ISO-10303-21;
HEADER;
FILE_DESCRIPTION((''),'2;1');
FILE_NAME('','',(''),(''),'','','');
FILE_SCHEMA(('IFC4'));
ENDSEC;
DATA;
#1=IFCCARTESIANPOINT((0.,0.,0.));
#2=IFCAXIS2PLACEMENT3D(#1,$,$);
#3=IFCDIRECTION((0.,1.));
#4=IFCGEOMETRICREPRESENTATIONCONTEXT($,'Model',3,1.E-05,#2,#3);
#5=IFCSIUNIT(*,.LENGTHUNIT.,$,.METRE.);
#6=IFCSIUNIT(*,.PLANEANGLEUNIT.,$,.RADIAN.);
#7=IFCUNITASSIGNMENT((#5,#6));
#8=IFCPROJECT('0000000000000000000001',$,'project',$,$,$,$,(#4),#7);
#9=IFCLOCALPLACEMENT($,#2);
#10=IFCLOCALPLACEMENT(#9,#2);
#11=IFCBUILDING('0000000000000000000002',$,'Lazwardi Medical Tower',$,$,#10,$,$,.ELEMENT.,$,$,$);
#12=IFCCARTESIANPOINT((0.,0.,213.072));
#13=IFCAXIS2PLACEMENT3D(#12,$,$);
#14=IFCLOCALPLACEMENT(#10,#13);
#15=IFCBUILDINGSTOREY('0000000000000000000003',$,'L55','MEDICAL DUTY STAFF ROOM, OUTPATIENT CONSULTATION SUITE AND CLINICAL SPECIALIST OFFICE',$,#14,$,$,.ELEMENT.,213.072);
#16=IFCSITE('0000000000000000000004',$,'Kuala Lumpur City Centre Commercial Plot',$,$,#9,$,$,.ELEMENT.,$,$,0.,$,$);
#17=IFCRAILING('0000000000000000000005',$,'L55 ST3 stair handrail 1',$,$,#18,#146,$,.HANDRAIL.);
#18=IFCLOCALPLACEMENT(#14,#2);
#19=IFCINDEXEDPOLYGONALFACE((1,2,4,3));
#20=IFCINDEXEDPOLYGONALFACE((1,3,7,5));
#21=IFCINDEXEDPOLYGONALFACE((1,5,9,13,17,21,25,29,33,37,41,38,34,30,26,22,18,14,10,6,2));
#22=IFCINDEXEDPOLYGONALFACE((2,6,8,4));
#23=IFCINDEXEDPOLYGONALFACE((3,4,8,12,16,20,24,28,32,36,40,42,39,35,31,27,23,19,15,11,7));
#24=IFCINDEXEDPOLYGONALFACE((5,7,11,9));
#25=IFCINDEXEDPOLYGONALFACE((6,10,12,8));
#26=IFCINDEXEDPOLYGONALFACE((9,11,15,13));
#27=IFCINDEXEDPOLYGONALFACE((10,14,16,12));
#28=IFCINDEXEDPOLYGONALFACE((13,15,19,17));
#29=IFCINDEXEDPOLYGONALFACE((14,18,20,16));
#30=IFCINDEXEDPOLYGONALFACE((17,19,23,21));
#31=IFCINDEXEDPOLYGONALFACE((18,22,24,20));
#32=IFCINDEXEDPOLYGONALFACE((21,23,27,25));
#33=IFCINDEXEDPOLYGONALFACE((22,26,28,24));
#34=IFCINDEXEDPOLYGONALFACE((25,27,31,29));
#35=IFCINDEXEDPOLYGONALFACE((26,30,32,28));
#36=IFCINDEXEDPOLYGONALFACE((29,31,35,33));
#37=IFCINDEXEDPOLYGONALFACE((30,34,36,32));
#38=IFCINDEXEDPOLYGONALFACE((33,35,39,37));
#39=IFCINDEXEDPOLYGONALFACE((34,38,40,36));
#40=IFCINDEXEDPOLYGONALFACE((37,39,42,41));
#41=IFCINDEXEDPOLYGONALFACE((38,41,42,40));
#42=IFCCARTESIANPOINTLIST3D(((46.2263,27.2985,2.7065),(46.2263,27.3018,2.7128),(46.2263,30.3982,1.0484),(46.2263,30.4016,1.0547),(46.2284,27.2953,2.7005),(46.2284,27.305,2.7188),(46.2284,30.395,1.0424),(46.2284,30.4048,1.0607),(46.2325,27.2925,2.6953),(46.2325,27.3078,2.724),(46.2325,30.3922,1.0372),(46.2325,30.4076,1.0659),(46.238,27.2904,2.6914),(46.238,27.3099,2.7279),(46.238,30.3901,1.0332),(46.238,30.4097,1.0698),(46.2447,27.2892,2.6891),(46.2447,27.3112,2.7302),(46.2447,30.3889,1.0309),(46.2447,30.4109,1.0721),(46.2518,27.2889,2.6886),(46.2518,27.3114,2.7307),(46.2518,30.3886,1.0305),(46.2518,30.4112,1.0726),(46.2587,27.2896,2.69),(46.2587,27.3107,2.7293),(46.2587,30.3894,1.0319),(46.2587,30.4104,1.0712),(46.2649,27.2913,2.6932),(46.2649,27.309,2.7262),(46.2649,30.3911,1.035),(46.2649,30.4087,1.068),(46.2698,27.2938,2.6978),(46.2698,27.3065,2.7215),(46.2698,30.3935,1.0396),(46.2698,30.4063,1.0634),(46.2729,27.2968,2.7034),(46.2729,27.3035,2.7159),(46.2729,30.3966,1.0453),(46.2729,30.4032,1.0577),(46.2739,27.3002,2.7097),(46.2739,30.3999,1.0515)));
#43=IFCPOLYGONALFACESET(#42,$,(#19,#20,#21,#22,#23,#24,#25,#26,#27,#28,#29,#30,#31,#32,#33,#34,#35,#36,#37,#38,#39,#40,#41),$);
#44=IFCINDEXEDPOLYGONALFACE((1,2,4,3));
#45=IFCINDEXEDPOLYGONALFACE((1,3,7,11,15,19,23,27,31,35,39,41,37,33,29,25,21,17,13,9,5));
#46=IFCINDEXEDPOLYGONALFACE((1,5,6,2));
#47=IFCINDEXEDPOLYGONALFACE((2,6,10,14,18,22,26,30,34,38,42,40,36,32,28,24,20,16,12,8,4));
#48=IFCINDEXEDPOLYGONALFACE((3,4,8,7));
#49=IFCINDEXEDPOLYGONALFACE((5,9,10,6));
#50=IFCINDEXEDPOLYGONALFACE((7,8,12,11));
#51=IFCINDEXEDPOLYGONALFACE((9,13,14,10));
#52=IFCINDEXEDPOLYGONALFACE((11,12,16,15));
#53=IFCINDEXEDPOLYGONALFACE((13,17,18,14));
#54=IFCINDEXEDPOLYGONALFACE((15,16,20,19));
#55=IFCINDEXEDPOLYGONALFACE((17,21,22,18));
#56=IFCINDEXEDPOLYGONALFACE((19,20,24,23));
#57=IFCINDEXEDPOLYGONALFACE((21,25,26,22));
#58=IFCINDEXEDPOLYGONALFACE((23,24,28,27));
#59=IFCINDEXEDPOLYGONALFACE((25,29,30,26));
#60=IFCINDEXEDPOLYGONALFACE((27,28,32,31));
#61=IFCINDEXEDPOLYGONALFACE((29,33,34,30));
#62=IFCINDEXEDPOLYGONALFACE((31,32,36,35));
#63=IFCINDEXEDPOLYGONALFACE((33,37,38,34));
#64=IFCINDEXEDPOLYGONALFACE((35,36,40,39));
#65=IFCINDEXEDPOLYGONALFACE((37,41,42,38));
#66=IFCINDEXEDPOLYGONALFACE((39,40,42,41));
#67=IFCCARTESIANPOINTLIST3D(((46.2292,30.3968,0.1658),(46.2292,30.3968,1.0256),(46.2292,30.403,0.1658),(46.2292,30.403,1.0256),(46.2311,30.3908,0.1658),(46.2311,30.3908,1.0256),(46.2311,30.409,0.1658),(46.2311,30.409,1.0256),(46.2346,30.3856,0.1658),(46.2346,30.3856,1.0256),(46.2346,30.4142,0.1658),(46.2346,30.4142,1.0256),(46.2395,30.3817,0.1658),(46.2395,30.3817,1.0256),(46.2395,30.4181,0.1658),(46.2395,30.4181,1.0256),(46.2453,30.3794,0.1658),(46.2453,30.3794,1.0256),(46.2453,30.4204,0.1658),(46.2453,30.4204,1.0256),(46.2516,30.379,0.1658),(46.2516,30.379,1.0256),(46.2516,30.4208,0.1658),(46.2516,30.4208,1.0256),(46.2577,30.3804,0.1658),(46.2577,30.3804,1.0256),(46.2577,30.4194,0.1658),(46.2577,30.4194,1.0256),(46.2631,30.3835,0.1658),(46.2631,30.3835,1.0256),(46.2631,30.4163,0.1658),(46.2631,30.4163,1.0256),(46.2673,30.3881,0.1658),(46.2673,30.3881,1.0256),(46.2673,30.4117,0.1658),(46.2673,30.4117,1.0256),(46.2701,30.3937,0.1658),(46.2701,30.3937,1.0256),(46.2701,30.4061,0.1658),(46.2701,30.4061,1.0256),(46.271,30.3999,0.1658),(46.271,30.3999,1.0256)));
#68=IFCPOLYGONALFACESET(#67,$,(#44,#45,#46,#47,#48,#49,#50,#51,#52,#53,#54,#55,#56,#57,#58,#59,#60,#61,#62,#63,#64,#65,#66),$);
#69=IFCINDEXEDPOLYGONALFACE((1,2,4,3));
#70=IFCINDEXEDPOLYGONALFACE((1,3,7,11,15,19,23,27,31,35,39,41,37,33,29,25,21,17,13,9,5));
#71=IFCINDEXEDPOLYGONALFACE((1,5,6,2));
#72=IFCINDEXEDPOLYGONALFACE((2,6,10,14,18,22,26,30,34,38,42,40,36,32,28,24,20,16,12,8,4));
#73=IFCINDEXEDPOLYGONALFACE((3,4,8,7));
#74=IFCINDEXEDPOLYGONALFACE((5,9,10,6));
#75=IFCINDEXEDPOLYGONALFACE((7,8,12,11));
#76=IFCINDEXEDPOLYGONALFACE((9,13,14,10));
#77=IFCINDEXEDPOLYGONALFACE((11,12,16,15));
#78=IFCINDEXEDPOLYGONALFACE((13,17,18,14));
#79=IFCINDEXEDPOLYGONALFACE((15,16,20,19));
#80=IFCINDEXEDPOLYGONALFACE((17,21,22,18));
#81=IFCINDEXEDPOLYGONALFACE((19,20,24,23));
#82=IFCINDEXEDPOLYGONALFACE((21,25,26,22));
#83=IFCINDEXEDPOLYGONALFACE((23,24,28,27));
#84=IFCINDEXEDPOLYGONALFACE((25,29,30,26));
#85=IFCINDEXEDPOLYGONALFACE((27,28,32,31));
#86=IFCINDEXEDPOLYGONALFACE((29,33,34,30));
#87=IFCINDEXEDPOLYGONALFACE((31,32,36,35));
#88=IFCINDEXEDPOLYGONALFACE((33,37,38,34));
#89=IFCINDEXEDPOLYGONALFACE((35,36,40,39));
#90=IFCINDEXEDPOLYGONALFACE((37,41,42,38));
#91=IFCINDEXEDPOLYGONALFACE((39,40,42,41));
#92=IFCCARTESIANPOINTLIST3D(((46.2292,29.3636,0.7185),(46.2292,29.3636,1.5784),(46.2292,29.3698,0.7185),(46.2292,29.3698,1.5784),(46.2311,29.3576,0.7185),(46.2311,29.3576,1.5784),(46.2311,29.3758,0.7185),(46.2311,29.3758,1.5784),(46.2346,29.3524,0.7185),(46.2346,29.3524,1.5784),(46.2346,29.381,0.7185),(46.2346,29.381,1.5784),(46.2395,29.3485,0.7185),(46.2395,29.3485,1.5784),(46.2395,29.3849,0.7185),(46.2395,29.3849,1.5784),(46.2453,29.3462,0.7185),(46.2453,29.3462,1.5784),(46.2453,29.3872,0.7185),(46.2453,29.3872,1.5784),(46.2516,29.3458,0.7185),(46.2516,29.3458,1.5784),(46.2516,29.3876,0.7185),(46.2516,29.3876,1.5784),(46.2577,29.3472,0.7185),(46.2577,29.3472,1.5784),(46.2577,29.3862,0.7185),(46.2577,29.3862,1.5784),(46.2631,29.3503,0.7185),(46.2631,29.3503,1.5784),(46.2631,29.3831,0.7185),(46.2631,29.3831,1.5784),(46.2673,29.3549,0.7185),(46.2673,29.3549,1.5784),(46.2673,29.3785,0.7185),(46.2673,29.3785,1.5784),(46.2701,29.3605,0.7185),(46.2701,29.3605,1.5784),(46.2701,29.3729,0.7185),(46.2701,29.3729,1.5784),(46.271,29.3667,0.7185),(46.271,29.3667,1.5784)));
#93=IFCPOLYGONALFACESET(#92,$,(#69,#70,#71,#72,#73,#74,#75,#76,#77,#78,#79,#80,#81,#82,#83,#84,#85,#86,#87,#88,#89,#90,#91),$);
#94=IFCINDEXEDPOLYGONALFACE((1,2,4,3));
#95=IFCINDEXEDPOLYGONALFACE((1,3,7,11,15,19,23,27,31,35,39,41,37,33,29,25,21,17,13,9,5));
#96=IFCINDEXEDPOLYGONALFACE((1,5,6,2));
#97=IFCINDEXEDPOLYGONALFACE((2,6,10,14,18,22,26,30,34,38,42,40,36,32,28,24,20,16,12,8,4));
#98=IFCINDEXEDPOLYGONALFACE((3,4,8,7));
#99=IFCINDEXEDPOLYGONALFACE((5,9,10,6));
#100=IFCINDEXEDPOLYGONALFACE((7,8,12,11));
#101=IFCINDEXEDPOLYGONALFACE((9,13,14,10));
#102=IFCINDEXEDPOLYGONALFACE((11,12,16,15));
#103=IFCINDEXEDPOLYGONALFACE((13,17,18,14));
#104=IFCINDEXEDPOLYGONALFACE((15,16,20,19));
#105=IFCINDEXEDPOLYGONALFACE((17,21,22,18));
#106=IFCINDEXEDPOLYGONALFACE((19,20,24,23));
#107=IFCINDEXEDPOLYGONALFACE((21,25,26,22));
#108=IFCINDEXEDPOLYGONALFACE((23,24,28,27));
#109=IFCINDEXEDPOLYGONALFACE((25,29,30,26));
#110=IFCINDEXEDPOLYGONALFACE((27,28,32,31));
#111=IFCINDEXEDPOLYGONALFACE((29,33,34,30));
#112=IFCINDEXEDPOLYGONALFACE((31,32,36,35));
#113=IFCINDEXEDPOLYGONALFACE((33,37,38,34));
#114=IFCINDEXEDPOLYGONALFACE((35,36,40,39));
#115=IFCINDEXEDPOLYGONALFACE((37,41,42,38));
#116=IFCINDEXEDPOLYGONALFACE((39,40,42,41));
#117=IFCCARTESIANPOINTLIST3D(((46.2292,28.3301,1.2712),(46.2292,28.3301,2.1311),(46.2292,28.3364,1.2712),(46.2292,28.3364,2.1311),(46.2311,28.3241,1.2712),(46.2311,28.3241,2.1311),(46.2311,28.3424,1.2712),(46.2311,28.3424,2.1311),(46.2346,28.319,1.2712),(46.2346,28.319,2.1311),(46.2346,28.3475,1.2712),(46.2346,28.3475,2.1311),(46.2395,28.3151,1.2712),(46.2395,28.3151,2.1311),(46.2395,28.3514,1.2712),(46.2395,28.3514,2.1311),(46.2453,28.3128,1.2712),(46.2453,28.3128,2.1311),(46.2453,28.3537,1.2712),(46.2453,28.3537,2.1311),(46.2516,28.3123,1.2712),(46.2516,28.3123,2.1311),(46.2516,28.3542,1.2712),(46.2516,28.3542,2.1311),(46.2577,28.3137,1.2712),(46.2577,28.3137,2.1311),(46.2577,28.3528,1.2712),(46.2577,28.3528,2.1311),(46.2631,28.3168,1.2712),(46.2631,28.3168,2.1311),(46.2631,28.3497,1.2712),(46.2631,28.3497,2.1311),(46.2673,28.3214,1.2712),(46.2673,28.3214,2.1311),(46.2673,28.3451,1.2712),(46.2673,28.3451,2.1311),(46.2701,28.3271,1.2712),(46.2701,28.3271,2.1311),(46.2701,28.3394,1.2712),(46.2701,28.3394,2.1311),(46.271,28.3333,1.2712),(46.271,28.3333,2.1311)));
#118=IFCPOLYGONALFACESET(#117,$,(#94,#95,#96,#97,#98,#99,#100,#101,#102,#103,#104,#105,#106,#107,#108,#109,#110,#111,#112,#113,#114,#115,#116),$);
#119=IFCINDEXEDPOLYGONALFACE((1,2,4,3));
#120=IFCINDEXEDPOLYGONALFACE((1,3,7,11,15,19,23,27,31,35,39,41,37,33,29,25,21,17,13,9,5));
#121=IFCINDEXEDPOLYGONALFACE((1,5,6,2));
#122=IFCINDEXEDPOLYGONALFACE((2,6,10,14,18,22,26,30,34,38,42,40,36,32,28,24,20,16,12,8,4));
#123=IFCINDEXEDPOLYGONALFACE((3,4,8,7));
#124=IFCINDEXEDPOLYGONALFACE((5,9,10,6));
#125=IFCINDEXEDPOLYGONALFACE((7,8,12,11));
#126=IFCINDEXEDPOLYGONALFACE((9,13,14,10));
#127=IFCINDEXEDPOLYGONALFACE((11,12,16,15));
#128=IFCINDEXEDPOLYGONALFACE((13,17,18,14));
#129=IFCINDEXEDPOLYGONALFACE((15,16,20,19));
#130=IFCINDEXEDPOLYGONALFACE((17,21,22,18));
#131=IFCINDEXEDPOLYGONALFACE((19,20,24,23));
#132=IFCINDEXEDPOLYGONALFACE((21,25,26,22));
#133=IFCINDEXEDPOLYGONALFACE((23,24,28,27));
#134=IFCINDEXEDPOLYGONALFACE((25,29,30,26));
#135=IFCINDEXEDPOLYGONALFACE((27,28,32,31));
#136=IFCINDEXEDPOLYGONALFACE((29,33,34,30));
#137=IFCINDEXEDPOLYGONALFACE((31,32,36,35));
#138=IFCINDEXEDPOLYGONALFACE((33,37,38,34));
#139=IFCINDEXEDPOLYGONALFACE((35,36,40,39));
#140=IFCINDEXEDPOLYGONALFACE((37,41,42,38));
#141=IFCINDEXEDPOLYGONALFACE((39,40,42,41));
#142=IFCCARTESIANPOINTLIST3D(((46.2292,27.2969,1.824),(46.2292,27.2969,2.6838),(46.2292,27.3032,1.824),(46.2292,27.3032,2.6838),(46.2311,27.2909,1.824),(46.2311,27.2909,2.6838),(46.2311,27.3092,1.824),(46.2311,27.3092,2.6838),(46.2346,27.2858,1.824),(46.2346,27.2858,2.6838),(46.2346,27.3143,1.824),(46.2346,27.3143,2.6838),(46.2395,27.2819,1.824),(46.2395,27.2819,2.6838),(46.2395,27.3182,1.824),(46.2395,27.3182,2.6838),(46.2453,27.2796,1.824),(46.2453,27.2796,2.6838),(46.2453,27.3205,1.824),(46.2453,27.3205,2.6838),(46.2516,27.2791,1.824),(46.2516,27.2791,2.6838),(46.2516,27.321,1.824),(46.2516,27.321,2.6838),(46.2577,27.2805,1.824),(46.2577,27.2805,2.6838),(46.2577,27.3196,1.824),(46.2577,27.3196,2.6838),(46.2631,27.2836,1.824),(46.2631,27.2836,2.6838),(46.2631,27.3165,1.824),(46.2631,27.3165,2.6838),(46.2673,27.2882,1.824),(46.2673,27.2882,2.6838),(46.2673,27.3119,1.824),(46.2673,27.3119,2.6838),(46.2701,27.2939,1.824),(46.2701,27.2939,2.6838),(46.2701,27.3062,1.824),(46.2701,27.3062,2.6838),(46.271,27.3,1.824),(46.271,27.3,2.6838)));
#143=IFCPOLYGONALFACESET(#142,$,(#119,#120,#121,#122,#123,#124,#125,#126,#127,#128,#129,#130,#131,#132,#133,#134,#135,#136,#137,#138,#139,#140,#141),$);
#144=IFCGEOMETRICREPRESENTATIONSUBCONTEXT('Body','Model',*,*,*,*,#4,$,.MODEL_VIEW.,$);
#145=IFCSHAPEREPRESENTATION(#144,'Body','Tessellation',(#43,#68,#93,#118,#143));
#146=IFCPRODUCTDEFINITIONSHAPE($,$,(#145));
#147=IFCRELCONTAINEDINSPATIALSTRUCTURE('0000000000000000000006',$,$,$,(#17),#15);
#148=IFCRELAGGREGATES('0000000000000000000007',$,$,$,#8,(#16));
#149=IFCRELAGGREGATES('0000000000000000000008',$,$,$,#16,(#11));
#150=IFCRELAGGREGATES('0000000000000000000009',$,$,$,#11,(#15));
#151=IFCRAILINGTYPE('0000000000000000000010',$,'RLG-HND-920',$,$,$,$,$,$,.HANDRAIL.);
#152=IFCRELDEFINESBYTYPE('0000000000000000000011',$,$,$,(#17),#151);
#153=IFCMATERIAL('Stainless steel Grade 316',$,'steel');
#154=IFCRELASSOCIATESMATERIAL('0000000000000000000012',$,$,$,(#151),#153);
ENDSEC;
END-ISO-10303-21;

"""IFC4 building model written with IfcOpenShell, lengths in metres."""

from ifc_helpers import new_model, si_unit, direction, frame, origin, origin_2d, place, context, subcontext, project, spatial, circle, extrude, material, type_object, element, save


model = new_model("IFC4")

# Units and contexts
model_context = context("Model", 3, precision=1e-05, world=origin(), true_north=direction((0.0, 1.0)))
body_context = subcontext(model_context, "Body", "Model", "MODEL_VIEW")
ifc_project = project(units=[si_unit("LENGTHUNIT", "METRE"), si_unit("PLANEANGLEUNIT", "RADIAN")], contexts=[model_context])

# Site, building, storey
site_placement = place(None, origin())
site = spatial("IfcSite", under=ifc_project, at=site_placement, Name="Kuala Lumpur City Centre Commercial Plot", CompositionType="ELEMENT", RefElevation=0.0)
building_placement = place(site_placement, origin())
building = spatial("IfcBuilding", under=site, at=building_placement, Name="Lazwardi Medical Tower", CompositionType="ELEMENT")
storey_placement = place(building_placement, frame((0.0, 0.0, 213.072)))
storey = spatial("IfcBuildingStorey", under=building, at=storey_placement, Name="L55", Description="MEDICAL DUTY STAFF ROOM, OUTPATIENT CONSULTATION SUITE AND CLINICAL SPECIALIST OFFICE", CompositionType="ELEMENT", Elevation=213.072)

# Railing
ifc_material_1 = material(Name="Stainless steel Grade 316", Category="steel")
railing_type = type_object("IfcRailingType", Name="RLG-HND-920", PredefinedType="HANDRAIL", material=ifc_material_1)
railing_1_placement = place(storey_placement, frame((46.25, 30.3999, 0.1658)))
element("IfcRailing", 1, at=railing_1_placement, inside=storey, type_object=railing_type, Name="L55 ST3 stair handrail 1", PredefinedType="HANDRAIL", context=body_context, shape_type="SweptSolid", body=[
    extrude(circle(Radius=0.0239, at=origin_2d()), frame((0.0, 0.0, 0.8857), z_axis=(0.0, -0.881768, 0.471684), x_axis=(1.0, 0.0, 0.0)), (0.0, 0.0, 1.0), 3.5154),
    extrude(circle(Radius=0.021, at=origin_2d()), origin(), (0.0, 0.0, 1.0), 0.8599),
    extrude(circle(Radius=0.021, at=origin_2d()), frame((0.0, -1.0332, 0.5527)), (0.0, 0.0, 1.0), 0.8599),
    extrude(circle(Radius=0.021, at=origin_2d()), frame((0.0, -2.0667, 1.1055)), (0.0, 0.0, 1.0), 0.8599),
    extrude(circle(Radius=0.021, at=origin_2d()), frame((0.0, -3.0999, 1.6582)), (0.0, 0.0, 1.0), 0.8599),
])

save(model, "model.ifc")
